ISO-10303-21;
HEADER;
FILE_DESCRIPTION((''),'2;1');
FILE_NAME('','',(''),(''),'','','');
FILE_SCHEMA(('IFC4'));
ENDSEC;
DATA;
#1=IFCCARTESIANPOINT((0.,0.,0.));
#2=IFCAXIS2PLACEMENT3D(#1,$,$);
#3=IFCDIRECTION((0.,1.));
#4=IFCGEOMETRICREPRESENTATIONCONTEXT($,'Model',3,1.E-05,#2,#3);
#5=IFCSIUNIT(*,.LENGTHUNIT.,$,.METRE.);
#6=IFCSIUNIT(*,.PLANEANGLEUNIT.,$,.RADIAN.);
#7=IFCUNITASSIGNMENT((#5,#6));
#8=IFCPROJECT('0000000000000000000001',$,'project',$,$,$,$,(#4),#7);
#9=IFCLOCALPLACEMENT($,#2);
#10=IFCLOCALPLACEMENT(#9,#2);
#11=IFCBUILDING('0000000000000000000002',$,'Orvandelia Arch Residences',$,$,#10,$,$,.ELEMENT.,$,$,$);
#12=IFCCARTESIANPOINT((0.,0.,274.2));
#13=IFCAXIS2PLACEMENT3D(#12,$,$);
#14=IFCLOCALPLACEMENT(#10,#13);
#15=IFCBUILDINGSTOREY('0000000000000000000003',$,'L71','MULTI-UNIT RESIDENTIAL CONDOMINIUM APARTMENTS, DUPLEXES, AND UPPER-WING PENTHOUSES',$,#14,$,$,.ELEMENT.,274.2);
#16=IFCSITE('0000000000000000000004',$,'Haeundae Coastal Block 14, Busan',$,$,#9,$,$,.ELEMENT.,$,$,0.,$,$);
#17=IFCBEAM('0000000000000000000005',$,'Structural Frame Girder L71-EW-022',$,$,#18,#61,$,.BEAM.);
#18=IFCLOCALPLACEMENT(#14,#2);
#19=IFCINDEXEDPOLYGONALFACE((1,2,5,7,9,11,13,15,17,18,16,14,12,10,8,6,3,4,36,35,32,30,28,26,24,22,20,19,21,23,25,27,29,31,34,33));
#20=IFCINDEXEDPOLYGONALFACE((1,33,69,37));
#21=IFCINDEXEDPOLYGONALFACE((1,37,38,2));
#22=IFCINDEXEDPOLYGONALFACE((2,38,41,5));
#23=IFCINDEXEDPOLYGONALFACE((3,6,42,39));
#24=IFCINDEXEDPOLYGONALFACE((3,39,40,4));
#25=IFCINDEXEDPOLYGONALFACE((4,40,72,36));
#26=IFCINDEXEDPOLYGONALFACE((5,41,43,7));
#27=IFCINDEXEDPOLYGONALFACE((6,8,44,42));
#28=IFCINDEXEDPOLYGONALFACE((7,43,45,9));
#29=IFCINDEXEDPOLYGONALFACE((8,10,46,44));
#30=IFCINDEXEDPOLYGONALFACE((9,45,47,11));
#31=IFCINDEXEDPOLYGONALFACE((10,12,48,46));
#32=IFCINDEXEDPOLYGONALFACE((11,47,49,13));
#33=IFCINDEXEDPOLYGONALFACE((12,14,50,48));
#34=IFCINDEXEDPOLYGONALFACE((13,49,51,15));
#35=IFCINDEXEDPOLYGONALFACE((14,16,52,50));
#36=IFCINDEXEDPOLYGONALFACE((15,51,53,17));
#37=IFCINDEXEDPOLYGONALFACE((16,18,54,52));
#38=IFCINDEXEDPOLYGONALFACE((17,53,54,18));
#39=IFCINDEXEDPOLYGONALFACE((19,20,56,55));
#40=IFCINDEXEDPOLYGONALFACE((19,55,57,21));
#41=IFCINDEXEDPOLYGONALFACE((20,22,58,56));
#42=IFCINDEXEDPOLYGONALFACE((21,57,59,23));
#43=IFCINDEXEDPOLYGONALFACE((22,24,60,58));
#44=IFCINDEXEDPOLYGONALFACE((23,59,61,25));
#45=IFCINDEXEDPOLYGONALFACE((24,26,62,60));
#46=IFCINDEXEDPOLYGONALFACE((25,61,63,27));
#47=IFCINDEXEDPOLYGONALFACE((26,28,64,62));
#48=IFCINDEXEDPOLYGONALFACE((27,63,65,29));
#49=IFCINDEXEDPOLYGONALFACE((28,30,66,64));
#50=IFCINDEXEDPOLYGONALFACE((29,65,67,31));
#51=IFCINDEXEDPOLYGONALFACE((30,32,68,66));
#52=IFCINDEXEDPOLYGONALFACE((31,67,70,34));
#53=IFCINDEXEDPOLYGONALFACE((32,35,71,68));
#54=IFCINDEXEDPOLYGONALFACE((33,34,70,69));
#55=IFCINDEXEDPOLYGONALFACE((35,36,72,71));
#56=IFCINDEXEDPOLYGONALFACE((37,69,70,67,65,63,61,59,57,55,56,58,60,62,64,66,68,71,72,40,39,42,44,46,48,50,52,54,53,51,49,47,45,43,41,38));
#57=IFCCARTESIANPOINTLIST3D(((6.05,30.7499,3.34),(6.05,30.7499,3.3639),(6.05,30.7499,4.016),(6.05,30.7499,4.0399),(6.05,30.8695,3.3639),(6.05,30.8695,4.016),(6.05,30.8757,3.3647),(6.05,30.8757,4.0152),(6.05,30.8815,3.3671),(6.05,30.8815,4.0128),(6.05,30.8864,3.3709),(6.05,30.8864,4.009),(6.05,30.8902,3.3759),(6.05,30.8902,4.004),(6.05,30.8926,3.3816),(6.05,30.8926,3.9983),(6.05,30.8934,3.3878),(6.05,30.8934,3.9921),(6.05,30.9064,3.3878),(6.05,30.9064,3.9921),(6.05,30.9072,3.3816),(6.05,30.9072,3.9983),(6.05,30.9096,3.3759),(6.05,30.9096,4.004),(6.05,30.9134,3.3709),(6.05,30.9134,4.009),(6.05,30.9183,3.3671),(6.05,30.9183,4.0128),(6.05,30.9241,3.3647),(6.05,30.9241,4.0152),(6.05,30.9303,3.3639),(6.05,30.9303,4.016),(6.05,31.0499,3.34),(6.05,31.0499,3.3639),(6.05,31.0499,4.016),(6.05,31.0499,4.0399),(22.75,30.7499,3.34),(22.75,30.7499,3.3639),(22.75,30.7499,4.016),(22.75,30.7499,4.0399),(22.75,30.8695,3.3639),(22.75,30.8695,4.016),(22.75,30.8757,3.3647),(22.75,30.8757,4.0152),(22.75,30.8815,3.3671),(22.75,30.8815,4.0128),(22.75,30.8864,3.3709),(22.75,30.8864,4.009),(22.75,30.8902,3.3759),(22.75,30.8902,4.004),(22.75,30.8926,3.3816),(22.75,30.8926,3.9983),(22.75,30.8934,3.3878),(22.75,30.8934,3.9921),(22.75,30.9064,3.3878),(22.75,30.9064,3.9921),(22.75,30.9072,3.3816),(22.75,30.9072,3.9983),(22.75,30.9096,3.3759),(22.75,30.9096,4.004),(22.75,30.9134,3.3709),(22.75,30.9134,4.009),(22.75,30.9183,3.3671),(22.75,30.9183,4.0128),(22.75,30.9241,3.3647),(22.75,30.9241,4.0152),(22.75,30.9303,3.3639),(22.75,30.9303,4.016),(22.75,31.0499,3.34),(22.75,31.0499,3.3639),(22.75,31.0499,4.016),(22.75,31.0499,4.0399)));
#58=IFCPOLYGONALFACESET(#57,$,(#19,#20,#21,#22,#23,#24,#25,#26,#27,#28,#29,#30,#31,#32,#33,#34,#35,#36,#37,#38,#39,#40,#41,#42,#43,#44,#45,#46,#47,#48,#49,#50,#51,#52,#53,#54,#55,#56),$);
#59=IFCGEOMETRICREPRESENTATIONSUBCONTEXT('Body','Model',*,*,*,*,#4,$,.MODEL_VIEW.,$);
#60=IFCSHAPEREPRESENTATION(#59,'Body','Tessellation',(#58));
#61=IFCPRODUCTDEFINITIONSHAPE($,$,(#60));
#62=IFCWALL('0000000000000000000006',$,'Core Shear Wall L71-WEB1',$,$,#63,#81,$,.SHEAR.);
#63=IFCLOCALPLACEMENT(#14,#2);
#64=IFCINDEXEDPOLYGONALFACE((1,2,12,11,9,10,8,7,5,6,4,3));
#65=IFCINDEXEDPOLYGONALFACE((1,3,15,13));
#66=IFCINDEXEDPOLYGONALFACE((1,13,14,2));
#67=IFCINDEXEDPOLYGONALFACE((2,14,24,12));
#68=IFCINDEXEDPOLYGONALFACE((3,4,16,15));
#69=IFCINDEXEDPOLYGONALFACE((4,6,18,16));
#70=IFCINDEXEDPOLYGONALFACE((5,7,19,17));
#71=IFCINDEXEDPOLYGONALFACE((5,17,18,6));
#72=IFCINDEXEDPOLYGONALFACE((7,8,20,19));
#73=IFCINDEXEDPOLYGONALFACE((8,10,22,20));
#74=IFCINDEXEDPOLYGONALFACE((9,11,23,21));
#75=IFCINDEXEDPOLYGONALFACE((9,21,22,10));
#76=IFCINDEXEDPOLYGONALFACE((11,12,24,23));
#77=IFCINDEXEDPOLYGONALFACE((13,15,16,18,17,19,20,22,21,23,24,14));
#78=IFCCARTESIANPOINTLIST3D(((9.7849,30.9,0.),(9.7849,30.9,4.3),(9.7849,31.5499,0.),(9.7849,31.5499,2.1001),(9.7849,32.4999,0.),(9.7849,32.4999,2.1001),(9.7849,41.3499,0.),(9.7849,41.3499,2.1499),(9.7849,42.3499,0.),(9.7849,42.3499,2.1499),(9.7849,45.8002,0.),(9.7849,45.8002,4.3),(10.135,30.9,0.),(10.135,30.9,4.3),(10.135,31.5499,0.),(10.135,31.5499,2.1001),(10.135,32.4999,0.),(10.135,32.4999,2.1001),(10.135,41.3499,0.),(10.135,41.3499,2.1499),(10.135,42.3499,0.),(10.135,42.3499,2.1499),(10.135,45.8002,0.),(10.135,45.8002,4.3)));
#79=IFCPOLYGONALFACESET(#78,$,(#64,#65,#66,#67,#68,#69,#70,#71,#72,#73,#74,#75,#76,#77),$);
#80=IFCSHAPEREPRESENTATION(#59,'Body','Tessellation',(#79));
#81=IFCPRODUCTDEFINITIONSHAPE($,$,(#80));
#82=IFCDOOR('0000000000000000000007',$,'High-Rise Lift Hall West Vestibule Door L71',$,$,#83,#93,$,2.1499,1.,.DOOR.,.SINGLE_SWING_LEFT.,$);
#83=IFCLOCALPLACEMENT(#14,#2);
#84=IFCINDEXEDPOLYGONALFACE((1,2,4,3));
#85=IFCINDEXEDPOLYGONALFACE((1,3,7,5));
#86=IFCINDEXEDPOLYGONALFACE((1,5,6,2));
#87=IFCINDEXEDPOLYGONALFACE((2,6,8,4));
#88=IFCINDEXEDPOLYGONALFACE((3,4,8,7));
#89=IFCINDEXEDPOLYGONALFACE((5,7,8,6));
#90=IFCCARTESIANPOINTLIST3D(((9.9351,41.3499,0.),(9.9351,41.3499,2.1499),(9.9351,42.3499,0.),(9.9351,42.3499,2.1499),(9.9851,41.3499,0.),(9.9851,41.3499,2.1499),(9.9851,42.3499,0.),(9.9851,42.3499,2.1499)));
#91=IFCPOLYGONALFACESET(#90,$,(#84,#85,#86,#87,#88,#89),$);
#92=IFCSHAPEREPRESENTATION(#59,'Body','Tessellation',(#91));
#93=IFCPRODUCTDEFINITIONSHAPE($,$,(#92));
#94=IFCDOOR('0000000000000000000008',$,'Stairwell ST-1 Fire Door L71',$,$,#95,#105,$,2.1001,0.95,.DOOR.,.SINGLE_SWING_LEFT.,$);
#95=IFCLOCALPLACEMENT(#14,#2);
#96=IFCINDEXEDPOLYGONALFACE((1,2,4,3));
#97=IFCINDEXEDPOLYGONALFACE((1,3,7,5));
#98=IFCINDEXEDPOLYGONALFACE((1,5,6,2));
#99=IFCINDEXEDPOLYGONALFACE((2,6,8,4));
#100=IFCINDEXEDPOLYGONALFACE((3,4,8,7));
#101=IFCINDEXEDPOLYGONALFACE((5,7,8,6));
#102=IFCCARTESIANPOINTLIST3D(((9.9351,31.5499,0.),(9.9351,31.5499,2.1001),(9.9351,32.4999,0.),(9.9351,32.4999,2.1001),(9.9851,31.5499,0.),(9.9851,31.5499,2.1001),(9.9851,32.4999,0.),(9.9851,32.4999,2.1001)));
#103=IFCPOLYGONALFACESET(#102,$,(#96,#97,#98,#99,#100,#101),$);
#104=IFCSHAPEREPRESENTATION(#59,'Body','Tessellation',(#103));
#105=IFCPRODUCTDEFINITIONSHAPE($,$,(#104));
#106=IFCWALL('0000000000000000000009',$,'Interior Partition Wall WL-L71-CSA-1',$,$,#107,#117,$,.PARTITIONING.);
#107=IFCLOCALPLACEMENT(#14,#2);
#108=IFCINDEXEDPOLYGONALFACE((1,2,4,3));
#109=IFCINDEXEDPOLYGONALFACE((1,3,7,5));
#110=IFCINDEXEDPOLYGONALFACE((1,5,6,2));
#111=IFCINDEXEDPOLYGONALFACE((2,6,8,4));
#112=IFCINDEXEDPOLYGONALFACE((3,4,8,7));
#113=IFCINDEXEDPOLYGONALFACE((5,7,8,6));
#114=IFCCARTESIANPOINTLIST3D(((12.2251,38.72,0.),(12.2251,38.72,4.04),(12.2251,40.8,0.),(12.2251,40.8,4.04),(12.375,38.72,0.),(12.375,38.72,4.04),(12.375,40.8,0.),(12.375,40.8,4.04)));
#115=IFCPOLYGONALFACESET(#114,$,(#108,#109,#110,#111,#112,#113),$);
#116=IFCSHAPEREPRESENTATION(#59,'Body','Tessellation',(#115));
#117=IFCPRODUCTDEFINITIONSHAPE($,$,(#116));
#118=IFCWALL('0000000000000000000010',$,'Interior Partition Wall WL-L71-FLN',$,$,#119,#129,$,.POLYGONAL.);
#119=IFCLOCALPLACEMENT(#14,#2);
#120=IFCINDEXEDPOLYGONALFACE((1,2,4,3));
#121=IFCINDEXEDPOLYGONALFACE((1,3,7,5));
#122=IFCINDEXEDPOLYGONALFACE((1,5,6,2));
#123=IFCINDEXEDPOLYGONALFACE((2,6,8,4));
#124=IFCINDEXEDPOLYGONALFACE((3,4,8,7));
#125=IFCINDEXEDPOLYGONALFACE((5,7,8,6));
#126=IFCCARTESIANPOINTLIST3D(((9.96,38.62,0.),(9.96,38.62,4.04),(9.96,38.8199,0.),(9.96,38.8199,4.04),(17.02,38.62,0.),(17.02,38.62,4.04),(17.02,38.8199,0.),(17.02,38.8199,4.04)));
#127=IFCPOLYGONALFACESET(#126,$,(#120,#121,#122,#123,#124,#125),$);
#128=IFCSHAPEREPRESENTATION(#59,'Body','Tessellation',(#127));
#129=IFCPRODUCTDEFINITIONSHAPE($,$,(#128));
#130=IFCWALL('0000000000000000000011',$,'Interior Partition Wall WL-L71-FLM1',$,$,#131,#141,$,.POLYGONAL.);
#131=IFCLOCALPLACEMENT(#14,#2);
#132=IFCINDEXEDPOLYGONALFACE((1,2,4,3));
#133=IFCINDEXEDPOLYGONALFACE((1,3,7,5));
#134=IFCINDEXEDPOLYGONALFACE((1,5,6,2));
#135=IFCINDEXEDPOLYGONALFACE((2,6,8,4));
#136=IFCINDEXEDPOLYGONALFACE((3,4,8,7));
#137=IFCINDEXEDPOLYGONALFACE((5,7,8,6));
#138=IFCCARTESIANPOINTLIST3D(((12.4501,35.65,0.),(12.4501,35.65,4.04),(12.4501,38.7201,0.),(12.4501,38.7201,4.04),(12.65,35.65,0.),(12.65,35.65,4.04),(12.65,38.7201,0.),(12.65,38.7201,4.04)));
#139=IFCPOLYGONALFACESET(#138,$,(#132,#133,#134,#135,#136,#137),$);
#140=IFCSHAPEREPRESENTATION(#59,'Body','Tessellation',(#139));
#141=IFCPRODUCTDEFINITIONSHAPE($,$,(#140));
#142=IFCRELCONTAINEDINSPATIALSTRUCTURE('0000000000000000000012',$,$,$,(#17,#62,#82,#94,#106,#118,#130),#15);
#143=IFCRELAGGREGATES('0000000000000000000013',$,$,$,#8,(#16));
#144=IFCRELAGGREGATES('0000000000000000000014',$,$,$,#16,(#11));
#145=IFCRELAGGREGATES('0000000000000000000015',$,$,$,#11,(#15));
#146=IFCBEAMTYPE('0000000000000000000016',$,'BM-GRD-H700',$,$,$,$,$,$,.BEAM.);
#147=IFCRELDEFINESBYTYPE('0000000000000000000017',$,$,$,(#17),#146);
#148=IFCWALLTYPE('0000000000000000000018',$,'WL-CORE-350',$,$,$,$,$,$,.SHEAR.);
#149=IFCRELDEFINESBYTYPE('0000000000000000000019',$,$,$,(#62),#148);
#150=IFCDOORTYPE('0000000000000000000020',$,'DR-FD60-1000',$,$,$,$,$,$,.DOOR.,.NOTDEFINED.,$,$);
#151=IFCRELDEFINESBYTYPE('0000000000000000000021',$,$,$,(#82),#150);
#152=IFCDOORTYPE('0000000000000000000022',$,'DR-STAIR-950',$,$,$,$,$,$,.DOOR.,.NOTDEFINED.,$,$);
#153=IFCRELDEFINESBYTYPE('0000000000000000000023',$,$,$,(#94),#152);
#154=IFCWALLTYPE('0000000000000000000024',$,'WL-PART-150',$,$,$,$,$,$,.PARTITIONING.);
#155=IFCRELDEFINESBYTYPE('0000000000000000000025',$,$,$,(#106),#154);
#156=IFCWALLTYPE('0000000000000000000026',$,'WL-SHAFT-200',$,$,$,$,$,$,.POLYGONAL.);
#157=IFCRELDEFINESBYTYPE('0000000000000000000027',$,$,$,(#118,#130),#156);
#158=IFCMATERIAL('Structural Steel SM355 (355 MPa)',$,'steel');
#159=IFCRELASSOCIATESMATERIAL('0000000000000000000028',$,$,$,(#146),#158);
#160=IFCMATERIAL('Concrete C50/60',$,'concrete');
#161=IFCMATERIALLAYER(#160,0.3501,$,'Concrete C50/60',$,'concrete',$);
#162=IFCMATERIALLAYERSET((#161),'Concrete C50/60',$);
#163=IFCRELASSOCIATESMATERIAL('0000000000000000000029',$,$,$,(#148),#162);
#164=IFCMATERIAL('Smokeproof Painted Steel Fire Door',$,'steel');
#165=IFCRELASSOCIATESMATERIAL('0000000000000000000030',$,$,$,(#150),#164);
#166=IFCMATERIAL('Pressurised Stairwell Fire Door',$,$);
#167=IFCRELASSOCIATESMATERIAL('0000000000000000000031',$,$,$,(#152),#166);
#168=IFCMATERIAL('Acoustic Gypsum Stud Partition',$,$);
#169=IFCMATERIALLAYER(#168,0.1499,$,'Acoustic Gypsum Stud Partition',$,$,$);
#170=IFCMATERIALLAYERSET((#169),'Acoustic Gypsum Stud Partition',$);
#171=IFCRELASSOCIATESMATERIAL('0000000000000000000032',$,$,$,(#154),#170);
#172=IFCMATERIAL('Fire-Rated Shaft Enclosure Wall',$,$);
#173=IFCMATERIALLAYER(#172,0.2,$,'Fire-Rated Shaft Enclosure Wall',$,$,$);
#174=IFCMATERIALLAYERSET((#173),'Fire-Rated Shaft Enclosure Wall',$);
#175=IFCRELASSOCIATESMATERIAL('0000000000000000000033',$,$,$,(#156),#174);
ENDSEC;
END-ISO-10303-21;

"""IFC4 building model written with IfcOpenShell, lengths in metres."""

from ifc_helpers import new_model, si_unit, direction, frame, frame_2d, origin, origin_2d, place, context, subcontext, project, spatial, rectangle, i_section, extrude, material, layer, layer_set, material_profile, profile_set, type_object, element, fill, save


model = new_model("IFC4")

# Units and contexts
model_context = context("Model", 3, precision=1e-05, world=origin(), true_north=direction((0.0, 1.0)))
body_context = subcontext(model_context, "Body", "Model", "MODEL_VIEW")
ifc_project = project(units=[si_unit("LENGTHUNIT", "METRE"), si_unit("PLANEANGLEUNIT", "RADIAN")], contexts=[model_context])

# Site, building, storey
site_placement = place(None, origin())
site = spatial("IfcSite", under=ifc_project, at=site_placement, Name="Haeundae Coastal Block 14, Busan", CompositionType="ELEMENT", RefElevation=0.0)
building_placement = place(site_placement, origin())
building = spatial("IfcBuilding", under=site, at=building_placement, Name="Orvandelia Arch Residences", CompositionType="ELEMENT")
storey_placement = place(building_placement, frame((0.0, 0.0, 274.2)))
storey = spatial("IfcBuildingStorey", under=building, at=storey_placement, Name="L71", Description="MULTI-UNIT RESIDENTIAL CONDOMINIUM APARTMENTS, DUPLEXES, AND UPPER-WING PENTHOUSES", CompositionType="ELEMENT", Elevation=274.2)

# Shared definitions
ifc_material_1 = material(Name="Concrete C50/60", Category="concrete")

# Beam
ifc_material_2 = material(Name="Structural Steel SM355 (355 MPa)", Category="steel")
ifc_material_profile_1 = material_profile(ifc_material_2, i_section(OverallWidth=0.3, OverallDepth=0.7, WebThickness=0.0129, FlangeThickness=0.0239, FilletRadius=0.0239, at=origin_2d()), Name="Structural Steel SM355 (355 MPa)", Category="steel")
ifc_profile_set_1 = profile_set([ifc_material_profile_1], Name="Structural Steel SM355 (355 MPa)")
beam_type = type_object("IfcBeamType", Name="BM-GRD-H700", PredefinedType="BEAM", material=ifc_profile_set_1)
beam_1_placement = place(storey_placement, frame((6.05, 30.8999, 3.6899), z_axis=(1.0, 0.0, 0.0), x_axis=(0.0, 1.0, 0.0)))
element("IfcBeam", 1, at=beam_1_placement, inside=storey, type_object=beam_type, Name="Structural Frame Girder L71-EW-022", PredefinedType="BEAM", context=body_context, shape_type="SweptSolid", body=[
    extrude(i_section(OverallWidth=0.3, OverallDepth=0.7, WebThickness=0.0129, FlangeThickness=0.0239, FilletRadius=0.0239, at=origin_2d()), origin(), (0.0, 0.0, 1.0), 16.7),
])

# Wall, openings, doors
ifc_layer_1 = layer(ifc_material_1, 0.3501, Name="Concrete C50/60", Category="concrete")
ifc_layer_set_1 = layer_set([ifc_layer_1], Name="Concrete C50/60")
wall_type_1 = type_object("IfcWallType", Name="WL-CORE-350", PredefinedType="SHEAR", material=ifc_layer_set_1)
wall_1_placement = place(storey_placement, frame((9.96, 30.8999, 0.0), z_axis=(0.0, 0.0, 1.0), x_axis=(0.0, 1.0, 0.0)))
wall_1 = element("IfcWall", 2, at=wall_1_placement, inside=storey, type_object=wall_type_1, Name="Core Shear Wall L71-WEB1", PredefinedType="SHEAR", context=body_context, shape_type="SweptSolid", body=[
    extrude(rectangle(XDim=14.9001, YDim=0.3501, at=frame_2d((7.4502, 0.0))), origin(), (0.0, 0.0, 1.0), 4.3),
])
opening_1_placement = place(wall_1_placement, frame((0.6499, 0.0, 0.0)))
opening_1 = element("IfcOpeningElement", 3, at=opening_1_placement, cuts=wall_1, PredefinedType="OPENING", context=body_context, shape_type="SweptSolid", body=[
    extrude(rectangle(XDim=0.95, YDim=2.1001, at=frame_2d((0.4751, 1.05))), frame((0.0, 0.1851, 0.0), z_axis=(0.0, -1.0, 0.0), x_axis=(1.0, 0.0, 0.0)), (0.0, 0.0, 1.0), 0.3701),
])
opening_2_placement = place(wall_1_placement, frame((10.45, 0.0, 0.0)))
opening_2 = element("IfcOpeningElement", 4, at=opening_2_placement, cuts=wall_1, PredefinedType="OPENING", context=body_context, shape_type="SweptSolid", body=[
    extrude(rectangle(XDim=1.0, YDim=2.1499, at=frame_2d((0.5, 1.075))), frame((0.0, 0.1851, 0.0), z_axis=(0.0, -1.0, 0.0), x_axis=(1.0, 0.0, 0.0)), (0.0, 0.0, 1.0), 0.3701),
])
ifc_material_3 = material(Name="Smokeproof Painted Steel Fire Door", Category="steel")
door_type_1 = type_object("IfcDoorType", Name="DR-FD60-1000", OperationType="NOTDEFINED", PredefinedType="DOOR", material=ifc_material_3)
door_1_placement = place(opening_2_placement, origin())
door_1 = element("IfcDoor", 5, at=door_1_placement, inside=storey, type_object=door_type_1, Name="High-Rise Lift Hall West Vestibule Door L71", OperationType="SINGLE_SWING_LEFT", OverallHeight=2.1499, OverallWidth=1.0, PredefinedType="DOOR", context=body_context, shape_type="SweptSolid", body=[
    extrude(rectangle(XDim=1.0, YDim=2.1499, at=frame_2d((0.5, 1.075))), frame((0.0, 0.0249, 0.0), z_axis=(0.0, -1.0, 0.0), x_axis=(1.0, 0.0, 0.0)), (0.0, 0.0, 1.0), 0.05),
])
fill(opening_2, door_1)
ifc_material_4 = material(Name="Pressurised Stairwell Fire Door")
door_type_2 = type_object("IfcDoorType", Name="DR-STAIR-950", OperationType="NOTDEFINED", PredefinedType="DOOR", material=ifc_material_4)
door_2_placement = place(opening_1_placement, origin())
door_2 = element("IfcDoor", 6, at=door_2_placement, inside=storey, type_object=door_type_2, Name="Stairwell ST-1 Fire Door L71", OperationType="SINGLE_SWING_LEFT", OverallHeight=2.1001, OverallWidth=0.95, PredefinedType="DOOR", context=body_context, shape_type="SweptSolid", body=[
    extrude(rectangle(XDim=0.95, YDim=2.1001, at=frame_2d((0.4751, 1.05))), frame((0.0, 0.0249, 0.0), z_axis=(0.0, -1.0, 0.0), x_axis=(1.0, 0.0, 0.0)), (0.0, 0.0, 1.0), 0.05),
])
fill(opening_1, door_2)

# Walls
ifc_material_5 = material(Name="Acoustic Gypsum Stud Partition")
ifc_layer_2 = layer(ifc_material_5, 0.1499, Name="Acoustic Gypsum Stud Partition")
ifc_layer_set_2 = layer_set([ifc_layer_2], Name="Acoustic Gypsum Stud Partition")
wall_type_2 = type_object("IfcWallType", Name="WL-PART-150", PredefinedType="PARTITIONING", material=ifc_layer_set_2)
wall_2_placement = place(storey_placement, frame((12.3, 38.72, 0.0), z_axis=(0.0, 0.0, 1.0), x_axis=(0.0, 1.0, 0.0)))
element("IfcWall", 7, at=wall_2_placement, inside=storey, type_object=wall_type_2, Name="Interior Partition Wall WL-L71-CSA-1", PredefinedType="PARTITIONING", context=body_context, shape_type="SweptSolid", body=[
    extrude(rectangle(XDim=2.0801, YDim=0.1499, at=frame_2d((1.04, 0.0))), origin(), (0.0, 0.0, 1.0), 4.04),
])
ifc_material_6 = material(Name="Fire-Rated Shaft Enclosure Wall")
ifc_layer_3 = layer(ifc_material_6, 0.2, Name="Fire-Rated Shaft Enclosure Wall")
ifc_layer_set_3 = layer_set([ifc_layer_3], Name="Fire-Rated Shaft Enclosure Wall")
wall_type_3 = type_object("IfcWallType", Name="WL-SHAFT-200", PredefinedType="POLYGONAL", material=ifc_layer_set_3)
wall_3_placement = place(storey_placement, frame((9.96, 38.72, 0.0), z_axis=(0.0, 0.0, 1.0), x_axis=(1.0, 0.0, 0.0)))
element("IfcWall", 8, at=wall_3_placement, inside=storey, type_object=wall_type_3, Name="Interior Partition Wall WL-L71-FLN", PredefinedType="POLYGONAL", context=body_context, shape_type="SweptSolid", body=[
    extrude(rectangle(XDim=7.0601, YDim=0.2, at=frame_2d((3.53, 0.0))), origin(), (0.0, 0.0, 1.0), 4.04),
])
wall_4_placement = place(storey_placement, frame((12.55, 35.6499, 0.0), z_axis=(0.0, 0.0, 1.0), x_axis=(0.0, 1.0, 0.0)))
element("IfcWall", 9, at=wall_4_placement, inside=storey, type_object=wall_type_3, Name="Interior Partition Wall WL-L71-FLM1", PredefinedType="POLYGONAL", context=body_context, shape_type="SweptSolid", body=[
    extrude(rectangle(XDim=3.0701, YDim=0.2, at=frame_2d((1.5352, 0.0))), origin(), (0.0, 0.0, 1.0), 4.04),
])

save(model, "model.ifc")
